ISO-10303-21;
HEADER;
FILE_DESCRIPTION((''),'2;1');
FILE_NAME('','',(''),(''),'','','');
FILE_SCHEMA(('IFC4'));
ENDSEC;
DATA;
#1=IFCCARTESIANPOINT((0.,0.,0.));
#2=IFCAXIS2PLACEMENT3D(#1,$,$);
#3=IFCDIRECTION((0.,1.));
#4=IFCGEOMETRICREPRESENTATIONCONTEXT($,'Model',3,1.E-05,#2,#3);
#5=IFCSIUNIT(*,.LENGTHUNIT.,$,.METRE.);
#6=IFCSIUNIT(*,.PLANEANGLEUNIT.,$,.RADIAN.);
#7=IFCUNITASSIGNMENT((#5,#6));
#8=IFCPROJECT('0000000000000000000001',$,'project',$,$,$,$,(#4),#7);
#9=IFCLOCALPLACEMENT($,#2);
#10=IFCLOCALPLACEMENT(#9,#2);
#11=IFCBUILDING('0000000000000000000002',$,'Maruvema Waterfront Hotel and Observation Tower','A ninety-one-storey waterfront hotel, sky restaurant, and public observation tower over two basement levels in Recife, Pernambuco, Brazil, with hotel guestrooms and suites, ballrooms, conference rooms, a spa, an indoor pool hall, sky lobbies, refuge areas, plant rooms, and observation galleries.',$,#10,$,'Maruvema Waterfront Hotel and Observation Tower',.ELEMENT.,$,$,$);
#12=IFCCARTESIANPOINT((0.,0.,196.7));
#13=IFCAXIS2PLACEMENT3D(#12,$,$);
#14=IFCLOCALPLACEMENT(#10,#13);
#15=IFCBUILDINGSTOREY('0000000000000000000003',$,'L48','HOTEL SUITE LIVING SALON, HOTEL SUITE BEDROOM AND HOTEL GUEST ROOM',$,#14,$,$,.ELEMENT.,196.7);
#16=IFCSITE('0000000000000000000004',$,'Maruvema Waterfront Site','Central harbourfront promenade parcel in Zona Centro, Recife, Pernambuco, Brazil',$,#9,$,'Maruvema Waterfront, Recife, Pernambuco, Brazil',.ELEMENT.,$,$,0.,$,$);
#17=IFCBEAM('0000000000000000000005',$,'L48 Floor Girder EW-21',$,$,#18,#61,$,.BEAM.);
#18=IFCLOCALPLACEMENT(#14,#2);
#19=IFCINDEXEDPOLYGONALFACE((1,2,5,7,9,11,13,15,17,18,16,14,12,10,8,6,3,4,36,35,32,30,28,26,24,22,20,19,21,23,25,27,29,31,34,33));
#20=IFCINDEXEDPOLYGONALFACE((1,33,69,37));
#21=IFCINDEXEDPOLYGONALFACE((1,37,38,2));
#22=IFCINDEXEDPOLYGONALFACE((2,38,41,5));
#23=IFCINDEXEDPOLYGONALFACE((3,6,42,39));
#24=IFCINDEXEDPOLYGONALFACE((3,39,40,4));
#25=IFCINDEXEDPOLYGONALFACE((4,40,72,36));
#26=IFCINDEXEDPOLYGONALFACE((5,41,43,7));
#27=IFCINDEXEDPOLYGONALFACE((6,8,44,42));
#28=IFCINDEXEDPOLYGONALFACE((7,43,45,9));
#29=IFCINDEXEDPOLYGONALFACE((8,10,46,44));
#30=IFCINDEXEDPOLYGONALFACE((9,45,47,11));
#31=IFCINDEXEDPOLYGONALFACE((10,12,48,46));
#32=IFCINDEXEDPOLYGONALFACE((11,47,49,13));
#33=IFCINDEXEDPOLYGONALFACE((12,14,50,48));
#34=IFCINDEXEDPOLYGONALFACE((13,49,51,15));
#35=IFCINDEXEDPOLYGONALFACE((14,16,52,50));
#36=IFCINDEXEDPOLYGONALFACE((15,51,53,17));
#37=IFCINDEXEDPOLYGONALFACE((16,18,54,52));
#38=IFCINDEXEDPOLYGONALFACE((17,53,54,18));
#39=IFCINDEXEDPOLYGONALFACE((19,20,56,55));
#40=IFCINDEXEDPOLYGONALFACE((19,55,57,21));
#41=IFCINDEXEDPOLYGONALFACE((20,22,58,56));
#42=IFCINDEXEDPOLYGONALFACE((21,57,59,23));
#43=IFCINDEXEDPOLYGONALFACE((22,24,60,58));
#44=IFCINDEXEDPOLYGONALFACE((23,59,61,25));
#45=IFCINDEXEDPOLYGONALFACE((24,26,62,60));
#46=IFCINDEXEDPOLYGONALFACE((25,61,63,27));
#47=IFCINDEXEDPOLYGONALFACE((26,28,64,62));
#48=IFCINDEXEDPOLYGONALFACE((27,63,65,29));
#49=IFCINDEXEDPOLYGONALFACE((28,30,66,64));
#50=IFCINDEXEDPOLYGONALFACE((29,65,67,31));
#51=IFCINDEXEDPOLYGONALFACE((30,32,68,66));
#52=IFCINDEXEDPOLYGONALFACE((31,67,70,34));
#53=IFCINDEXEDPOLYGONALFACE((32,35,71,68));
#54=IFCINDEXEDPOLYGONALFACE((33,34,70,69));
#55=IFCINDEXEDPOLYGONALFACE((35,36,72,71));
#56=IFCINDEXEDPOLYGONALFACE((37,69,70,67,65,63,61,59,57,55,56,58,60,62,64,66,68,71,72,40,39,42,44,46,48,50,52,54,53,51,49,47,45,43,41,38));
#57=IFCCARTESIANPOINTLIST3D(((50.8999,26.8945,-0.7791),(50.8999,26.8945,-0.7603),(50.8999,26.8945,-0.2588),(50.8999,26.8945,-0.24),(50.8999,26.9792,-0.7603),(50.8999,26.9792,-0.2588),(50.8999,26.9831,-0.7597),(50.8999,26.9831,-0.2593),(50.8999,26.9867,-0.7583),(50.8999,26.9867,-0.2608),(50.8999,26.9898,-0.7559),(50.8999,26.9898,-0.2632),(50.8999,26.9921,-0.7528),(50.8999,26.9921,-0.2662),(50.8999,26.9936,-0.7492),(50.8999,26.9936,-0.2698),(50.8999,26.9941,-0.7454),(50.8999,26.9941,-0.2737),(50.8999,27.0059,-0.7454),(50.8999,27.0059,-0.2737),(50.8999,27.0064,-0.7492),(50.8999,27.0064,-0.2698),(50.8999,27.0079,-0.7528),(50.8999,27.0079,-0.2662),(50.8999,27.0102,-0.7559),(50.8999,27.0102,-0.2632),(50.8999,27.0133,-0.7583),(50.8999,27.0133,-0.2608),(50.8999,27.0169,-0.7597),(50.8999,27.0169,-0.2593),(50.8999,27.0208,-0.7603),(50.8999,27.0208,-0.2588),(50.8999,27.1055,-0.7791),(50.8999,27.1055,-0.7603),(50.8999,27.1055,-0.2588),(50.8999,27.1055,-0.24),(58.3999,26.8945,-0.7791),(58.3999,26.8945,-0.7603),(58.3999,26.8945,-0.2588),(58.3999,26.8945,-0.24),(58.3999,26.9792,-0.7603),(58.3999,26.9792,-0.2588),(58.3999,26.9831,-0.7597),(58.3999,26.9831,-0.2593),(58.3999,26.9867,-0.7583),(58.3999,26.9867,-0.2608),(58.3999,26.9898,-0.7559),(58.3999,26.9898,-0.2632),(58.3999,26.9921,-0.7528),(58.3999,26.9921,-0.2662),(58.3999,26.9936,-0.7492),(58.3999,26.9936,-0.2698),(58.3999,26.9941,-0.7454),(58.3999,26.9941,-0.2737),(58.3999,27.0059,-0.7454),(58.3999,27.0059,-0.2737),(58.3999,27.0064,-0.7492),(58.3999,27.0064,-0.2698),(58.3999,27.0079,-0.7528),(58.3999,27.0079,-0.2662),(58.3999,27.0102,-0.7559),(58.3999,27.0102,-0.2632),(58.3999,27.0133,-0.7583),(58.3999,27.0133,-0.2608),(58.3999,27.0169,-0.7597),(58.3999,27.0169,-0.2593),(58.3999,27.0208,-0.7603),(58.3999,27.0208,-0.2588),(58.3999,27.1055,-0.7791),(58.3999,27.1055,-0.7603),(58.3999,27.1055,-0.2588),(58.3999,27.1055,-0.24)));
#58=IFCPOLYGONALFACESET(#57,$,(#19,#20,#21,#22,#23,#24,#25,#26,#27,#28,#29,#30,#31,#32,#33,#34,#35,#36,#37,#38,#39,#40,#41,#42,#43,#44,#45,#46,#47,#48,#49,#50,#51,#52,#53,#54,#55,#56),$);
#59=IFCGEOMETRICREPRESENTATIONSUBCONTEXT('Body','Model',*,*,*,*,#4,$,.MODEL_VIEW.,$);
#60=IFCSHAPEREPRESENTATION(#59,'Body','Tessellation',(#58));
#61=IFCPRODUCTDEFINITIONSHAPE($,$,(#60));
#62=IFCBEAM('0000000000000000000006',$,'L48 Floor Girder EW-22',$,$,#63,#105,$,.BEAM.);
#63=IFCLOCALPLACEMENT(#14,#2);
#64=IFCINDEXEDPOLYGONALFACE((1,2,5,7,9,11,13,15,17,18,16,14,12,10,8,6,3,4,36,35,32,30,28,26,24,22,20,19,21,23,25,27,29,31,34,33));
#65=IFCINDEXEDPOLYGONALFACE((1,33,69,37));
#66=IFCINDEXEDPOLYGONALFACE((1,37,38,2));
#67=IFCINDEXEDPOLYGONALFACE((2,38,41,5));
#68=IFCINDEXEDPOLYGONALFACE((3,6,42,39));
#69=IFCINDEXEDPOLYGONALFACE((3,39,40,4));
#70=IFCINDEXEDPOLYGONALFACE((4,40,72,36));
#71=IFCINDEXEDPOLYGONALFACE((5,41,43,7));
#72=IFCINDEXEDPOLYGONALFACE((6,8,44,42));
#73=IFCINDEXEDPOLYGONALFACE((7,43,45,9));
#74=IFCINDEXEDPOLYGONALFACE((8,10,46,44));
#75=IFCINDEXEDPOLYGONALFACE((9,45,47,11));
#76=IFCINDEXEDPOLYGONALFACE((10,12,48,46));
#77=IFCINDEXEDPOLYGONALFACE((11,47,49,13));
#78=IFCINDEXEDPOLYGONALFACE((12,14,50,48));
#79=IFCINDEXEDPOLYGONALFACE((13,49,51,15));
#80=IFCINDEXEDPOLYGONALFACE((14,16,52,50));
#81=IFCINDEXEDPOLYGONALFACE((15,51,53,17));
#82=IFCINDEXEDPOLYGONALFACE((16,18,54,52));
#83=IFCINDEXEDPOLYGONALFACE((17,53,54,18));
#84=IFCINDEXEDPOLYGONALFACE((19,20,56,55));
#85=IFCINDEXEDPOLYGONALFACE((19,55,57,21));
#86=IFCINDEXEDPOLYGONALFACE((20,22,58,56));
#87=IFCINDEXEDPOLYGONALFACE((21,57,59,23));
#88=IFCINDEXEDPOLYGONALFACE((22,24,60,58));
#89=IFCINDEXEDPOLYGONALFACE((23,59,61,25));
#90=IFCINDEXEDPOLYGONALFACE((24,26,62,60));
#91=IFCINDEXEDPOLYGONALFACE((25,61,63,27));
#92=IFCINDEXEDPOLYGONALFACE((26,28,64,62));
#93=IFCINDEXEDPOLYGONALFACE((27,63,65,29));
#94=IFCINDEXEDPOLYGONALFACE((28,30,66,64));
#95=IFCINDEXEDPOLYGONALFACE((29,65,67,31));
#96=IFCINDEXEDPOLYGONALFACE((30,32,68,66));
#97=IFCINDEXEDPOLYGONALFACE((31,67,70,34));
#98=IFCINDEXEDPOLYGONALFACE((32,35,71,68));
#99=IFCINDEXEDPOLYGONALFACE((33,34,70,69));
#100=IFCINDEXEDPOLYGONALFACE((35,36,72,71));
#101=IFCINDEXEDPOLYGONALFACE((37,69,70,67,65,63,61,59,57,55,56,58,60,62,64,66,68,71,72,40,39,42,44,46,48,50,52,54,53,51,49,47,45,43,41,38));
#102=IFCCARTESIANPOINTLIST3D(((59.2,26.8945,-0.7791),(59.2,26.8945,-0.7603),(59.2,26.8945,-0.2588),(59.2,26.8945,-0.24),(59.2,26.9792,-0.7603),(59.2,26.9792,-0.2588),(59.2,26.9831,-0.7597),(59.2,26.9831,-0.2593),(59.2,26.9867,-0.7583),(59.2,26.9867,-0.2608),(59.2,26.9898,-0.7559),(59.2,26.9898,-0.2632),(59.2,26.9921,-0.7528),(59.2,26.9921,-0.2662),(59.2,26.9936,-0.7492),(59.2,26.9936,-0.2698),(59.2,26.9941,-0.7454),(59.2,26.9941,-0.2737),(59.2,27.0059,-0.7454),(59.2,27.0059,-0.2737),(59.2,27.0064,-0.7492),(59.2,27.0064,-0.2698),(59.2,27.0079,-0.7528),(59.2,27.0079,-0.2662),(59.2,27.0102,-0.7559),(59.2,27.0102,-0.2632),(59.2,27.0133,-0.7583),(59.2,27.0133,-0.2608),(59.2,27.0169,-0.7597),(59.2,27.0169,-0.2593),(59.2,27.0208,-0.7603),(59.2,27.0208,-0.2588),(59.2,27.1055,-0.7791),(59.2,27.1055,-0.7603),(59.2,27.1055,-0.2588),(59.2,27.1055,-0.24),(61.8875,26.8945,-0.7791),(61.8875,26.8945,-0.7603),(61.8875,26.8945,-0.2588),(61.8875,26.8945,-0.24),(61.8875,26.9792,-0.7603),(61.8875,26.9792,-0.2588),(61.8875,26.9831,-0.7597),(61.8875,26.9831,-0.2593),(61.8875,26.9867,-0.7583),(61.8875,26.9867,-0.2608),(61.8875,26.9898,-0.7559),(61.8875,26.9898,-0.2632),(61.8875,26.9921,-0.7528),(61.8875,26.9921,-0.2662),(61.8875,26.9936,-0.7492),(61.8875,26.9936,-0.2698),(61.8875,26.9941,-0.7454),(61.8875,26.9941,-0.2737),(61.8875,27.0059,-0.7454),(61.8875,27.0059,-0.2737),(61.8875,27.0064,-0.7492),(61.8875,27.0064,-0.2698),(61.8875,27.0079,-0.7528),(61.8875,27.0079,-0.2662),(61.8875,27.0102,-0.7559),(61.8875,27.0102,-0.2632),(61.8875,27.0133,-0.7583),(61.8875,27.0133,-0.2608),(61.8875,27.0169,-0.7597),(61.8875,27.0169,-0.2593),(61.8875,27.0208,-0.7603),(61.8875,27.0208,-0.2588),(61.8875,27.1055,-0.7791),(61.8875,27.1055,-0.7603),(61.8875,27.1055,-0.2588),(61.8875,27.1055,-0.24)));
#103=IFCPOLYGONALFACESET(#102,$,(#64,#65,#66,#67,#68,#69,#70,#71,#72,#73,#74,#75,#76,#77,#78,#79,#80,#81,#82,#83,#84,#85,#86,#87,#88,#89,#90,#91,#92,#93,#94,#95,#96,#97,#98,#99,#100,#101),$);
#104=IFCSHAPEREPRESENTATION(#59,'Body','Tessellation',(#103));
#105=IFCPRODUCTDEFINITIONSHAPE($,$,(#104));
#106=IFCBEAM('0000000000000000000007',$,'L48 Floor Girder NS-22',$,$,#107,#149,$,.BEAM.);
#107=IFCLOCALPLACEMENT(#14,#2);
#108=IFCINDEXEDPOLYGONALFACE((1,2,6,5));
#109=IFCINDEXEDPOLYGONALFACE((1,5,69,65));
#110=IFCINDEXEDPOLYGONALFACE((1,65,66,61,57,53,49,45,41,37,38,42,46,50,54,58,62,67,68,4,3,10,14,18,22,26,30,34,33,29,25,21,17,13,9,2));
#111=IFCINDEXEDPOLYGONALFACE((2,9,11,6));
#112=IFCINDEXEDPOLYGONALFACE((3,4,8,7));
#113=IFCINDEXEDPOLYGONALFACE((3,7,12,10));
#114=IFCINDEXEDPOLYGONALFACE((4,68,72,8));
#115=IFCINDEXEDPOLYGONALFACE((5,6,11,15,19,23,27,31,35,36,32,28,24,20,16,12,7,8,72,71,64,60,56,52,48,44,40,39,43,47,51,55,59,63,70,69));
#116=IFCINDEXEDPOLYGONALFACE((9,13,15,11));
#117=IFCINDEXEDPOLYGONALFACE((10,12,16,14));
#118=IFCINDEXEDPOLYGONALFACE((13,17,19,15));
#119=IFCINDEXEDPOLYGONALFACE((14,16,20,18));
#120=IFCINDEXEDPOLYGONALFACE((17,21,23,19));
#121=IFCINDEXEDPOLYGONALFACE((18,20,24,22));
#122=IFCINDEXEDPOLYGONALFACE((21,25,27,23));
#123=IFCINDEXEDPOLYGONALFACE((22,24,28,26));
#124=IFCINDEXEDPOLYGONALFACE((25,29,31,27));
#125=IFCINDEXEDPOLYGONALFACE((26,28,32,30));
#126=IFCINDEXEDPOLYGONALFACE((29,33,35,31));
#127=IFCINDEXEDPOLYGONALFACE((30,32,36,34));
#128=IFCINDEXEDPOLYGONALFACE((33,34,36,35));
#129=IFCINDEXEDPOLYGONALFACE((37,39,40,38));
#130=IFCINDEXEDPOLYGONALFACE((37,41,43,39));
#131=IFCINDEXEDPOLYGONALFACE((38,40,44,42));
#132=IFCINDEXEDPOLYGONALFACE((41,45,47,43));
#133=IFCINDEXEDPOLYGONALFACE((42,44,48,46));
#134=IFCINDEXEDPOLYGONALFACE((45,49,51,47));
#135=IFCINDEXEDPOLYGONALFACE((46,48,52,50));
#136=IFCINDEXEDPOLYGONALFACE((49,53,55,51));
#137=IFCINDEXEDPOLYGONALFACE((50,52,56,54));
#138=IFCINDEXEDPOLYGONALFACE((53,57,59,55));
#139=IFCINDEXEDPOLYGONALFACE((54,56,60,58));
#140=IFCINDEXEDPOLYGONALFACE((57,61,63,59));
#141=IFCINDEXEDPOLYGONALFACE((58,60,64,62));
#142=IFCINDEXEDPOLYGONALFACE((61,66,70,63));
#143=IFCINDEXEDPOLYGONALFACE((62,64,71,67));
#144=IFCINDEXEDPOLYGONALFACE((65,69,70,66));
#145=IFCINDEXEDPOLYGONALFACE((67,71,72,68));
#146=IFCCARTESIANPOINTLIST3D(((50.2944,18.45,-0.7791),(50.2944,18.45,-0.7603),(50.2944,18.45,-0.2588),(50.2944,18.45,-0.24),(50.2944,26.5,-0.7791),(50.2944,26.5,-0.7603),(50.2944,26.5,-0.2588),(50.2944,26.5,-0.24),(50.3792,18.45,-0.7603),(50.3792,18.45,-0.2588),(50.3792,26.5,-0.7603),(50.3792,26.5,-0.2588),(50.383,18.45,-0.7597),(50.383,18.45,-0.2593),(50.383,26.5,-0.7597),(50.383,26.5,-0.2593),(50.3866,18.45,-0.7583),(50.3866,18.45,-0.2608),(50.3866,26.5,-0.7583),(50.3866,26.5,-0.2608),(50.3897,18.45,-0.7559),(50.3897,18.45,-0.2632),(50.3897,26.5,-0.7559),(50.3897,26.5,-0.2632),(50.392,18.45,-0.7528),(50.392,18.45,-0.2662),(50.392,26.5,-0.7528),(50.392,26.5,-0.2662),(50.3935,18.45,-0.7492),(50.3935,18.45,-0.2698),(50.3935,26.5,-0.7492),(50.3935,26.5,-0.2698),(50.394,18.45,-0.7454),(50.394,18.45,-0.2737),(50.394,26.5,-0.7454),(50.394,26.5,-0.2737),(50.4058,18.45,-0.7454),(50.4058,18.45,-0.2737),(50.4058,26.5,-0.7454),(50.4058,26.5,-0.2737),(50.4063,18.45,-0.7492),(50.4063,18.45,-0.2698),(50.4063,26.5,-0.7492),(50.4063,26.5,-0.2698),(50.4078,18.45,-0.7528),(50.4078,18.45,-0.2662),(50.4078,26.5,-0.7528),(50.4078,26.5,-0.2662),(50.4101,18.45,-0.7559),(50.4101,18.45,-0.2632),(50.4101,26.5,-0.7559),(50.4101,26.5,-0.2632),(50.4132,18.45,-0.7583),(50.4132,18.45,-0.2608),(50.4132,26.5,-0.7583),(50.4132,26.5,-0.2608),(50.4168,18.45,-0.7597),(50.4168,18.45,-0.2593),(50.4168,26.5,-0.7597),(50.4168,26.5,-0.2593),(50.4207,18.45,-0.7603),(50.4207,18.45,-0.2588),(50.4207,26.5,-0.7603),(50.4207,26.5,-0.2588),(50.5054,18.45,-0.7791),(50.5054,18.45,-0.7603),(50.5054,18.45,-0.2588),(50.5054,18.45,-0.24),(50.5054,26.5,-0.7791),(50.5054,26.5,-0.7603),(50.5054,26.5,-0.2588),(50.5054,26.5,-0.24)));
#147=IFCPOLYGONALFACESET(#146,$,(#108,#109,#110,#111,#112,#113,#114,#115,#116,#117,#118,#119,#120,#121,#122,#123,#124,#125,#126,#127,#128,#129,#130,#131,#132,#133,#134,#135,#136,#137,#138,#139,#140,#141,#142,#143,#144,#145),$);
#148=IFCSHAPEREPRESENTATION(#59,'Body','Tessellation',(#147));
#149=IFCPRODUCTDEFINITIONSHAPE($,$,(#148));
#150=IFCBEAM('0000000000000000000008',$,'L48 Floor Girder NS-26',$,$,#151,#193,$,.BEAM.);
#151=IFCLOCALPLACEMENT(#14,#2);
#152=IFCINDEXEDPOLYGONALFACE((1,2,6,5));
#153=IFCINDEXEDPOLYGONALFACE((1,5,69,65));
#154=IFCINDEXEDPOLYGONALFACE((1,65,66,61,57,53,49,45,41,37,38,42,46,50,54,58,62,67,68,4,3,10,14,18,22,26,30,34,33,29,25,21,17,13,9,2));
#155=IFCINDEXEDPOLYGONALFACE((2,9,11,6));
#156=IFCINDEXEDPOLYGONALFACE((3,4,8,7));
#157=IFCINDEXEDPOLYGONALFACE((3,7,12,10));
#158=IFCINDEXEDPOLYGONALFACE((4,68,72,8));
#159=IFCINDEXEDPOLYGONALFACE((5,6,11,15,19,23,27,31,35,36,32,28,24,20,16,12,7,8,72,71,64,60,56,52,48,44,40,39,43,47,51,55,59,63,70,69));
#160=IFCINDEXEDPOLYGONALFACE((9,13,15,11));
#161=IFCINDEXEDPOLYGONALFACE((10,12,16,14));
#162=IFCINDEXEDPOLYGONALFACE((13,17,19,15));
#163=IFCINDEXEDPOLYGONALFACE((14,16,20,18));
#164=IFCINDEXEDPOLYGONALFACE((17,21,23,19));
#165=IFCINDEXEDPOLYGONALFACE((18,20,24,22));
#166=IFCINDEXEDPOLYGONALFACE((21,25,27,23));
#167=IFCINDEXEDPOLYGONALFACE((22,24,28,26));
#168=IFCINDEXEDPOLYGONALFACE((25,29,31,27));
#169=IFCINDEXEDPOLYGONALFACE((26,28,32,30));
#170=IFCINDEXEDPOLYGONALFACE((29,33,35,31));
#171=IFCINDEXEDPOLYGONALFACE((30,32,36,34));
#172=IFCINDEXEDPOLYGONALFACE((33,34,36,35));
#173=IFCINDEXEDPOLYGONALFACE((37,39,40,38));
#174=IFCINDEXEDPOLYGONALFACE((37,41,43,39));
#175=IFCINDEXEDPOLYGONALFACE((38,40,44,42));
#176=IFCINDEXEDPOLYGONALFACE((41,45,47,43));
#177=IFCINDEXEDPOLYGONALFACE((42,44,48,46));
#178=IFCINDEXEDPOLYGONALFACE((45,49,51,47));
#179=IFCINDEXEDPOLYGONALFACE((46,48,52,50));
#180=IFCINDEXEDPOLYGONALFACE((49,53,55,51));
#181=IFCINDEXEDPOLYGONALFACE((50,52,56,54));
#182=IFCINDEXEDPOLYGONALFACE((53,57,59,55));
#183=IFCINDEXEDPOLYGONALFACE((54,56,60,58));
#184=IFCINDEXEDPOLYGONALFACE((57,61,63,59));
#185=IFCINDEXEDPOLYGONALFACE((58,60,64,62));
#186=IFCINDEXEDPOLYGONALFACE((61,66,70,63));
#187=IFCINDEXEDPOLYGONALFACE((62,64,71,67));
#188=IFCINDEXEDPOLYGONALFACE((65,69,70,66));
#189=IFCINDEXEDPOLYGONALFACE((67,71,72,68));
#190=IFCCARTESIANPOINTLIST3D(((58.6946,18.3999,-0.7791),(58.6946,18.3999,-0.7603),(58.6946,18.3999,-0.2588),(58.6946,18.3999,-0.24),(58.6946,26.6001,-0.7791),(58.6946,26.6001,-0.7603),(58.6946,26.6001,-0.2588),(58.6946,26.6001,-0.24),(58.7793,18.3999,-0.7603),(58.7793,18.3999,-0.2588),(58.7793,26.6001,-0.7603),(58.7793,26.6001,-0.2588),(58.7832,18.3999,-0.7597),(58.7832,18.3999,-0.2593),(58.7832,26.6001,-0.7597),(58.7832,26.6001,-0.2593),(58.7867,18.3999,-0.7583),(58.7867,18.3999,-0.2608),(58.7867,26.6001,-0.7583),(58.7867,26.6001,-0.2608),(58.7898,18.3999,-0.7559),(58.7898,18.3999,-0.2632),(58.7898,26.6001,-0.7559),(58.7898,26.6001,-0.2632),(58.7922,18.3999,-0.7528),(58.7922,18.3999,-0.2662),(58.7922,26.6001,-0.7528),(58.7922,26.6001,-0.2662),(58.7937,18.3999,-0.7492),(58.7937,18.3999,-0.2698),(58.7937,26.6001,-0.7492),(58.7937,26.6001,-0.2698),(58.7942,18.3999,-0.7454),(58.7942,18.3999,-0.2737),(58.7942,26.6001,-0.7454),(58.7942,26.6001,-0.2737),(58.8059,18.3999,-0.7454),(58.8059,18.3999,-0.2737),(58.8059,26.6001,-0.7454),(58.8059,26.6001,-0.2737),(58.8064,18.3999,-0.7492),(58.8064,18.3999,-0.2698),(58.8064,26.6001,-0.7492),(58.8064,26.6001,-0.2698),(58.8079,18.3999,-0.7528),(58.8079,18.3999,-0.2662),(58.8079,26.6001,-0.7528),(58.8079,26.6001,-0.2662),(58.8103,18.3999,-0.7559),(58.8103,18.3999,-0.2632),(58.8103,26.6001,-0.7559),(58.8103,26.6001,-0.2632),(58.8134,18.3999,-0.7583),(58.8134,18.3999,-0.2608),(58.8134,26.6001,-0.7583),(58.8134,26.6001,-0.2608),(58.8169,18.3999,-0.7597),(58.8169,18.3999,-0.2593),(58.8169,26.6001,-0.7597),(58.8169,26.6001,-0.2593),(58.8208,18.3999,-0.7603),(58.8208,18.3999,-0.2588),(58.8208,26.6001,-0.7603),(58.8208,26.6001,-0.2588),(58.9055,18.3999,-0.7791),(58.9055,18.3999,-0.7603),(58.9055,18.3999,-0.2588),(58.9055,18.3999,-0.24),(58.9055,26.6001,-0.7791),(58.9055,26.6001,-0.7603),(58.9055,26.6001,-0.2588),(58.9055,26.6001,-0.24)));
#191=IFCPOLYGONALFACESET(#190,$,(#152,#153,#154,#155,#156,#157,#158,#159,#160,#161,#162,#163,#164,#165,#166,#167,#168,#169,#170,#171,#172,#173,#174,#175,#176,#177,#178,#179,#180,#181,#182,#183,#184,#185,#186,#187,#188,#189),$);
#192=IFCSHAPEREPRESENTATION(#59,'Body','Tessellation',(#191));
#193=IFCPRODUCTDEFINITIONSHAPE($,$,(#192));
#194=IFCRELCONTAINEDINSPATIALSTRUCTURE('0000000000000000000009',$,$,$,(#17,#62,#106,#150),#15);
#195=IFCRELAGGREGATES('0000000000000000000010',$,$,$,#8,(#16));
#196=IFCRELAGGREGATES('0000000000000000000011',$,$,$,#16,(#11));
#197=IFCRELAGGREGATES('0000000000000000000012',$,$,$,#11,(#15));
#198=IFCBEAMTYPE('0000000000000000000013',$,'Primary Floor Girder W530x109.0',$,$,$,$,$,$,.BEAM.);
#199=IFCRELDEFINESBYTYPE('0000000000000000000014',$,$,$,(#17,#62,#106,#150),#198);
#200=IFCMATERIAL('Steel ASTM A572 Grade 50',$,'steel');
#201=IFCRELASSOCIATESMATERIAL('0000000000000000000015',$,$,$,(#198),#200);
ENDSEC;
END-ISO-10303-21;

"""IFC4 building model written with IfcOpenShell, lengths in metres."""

from ifc_helpers import new_model, si_unit, direction, frame, origin, origin_2d, place, context, subcontext, project, spatial, i_section, extrude, material, material_profile, profile_set, type_object, element, save


model = new_model("IFC4")

# Units and contexts
model_context = context("Model", 3, precision=1e-05, world=origin(), true_north=direction((0.0, 1.0)))
body_context = subcontext(model_context, "Body", "Model", "MODEL_VIEW")
ifc_project = project(units=[si_unit("LENGTHUNIT", "METRE"), si_unit("PLANEANGLEUNIT", "RADIAN")], contexts=[model_context])

# Site, building, storey
site_placement = place(None, origin())
site = spatial("IfcSite", under=ifc_project, at=site_placement, Name="Maruvema Waterfront Site", Description="Central harbourfront promenade parcel in Zona Centro, Recife, Pernambuco, Brazil", LongName="Maruvema Waterfront, Recife, Pernambuco, Brazil", CompositionType="ELEMENT", RefElevation=0.0)
building_placement = place(site_placement, origin())
building = spatial("IfcBuilding", under=site, at=building_placement, Name="Maruvema Waterfront Hotel and Observation Tower", Description="A ninety-one-storey waterfront hotel, sky restaurant, and public observation tower over two basement levels in Recife, Pernambuco, Brazil, with hotel guestrooms and suites, ballrooms, conference rooms, a spa, an indoor pool hall, sky lobbies, refuge areas, plant rooms, and observation galleries.", LongName="Maruvema Waterfront Hotel and Observation Tower", CompositionType="ELEMENT")
storey_placement = place(building_placement, frame((0.0, 0.0, 196.7)))
storey = spatial("IfcBuildingStorey", under=building, at=storey_placement, Name="L48", Description="HOTEL SUITE LIVING SALON, HOTEL SUITE BEDROOM AND HOTEL GUEST ROOM", CompositionType="ELEMENT", Elevation=196.7)

# Beams
ifc_material_1 = material(Name="Steel ASTM A572 Grade 50", Category="steel")
ifc_material_profile_1 = material_profile(ifc_material_1, i_section(OverallWidth=0.2109, OverallDepth=0.5391, WebThickness=0.0117, FlangeThickness=0.0188, FilletRadius=0.0149, at=origin_2d()), Name="W530x109.0")
ifc_profile_set_1 = profile_set([ifc_material_profile_1], Name="Steel ASTM A572 Grade 50")
beam_type_1 = type_object("IfcBeamType", Name="Primary Floor Girder W530x109.0", PredefinedType="BEAM", material=ifc_profile_set_1)
beam_1_placement = place(storey_placement, frame((50.8999, 27.0, -0.5095), z_axis=(1.0, 0.0, 0.0), x_axis=(0.0, 1.0, 0.0)))
element("IfcBeam", 1, at=beam_1_placement, inside=storey, type_object=beam_type_1, Name="L48 Floor Girder EW-21", PredefinedType="BEAM", context=body_context, shape_type="SweptSolid", body=[
    extrude(i_section(OverallWidth=0.2109, OverallDepth=0.5391, WebThickness=0.0117, FlangeThickness=0.0188, FilletRadius=0.0149, at=origin_2d()), origin(), (0.0, 0.0, 1.0), 7.5),
])
beam_2_placement = place(storey_placement, frame((59.2, 27.0, -0.5095), z_axis=(1.0, 0.0, 0.0), x_axis=(0.0, 1.0, 0.0)))
element("IfcBeam", 2, at=beam_2_placement, inside=storey, type_object=beam_type_1, Name="L48 Floor Girder EW-22", PredefinedType="BEAM", context=body_context, shape_type="SweptSolid", body=[
    extrude(i_section(OverallWidth=0.2109, OverallDepth=0.5391, WebThickness=0.0117, FlangeThickness=0.0188, FilletRadius=0.0149, at=origin_2d()), origin(), (0.0, 0.0, 1.0), 2.6875),
])
beam_3_placement = place(storey_placement, frame((50.3999, 18.45, -0.5095), z_axis=(0.0, 1.0, 0.0), x_axis=(-1.0, 0.0, 0.0)))
element("IfcBeam", 3, at=beam_3_placement, inside=storey, type_object=beam_type_1, Name="L48 Floor Girder NS-22", PredefinedType="BEAM", context=body_context, shape_type="SweptSolid", body=[
    extrude(i_section(OverallWidth=0.2109, OverallDepth=0.5391, WebThickness=0.0117, FlangeThickness=0.0188, FilletRadius=0.0149, at=origin_2d()), origin(), (0.0, 0.0, 1.0), 8.05),
])
beam_4_placement = place(storey_placement, frame((58.8, 18.3999, -0.5095), z_axis=(0.0, 1.0, 0.0), x_axis=(-1.0, 0.0, 0.0)))
element("IfcBeam", 4, at=beam_4_placement, inside=storey, type_object=beam_type_1, Name="L48 Floor Girder NS-26", PredefinedType="BEAM", context=body_context, shape_type="SweptSolid", body=[
    extrude(i_section(OverallWidth=0.2109, OverallDepth=0.5391, WebThickness=0.0117, FlangeThickness=0.0188, FilletRadius=0.0149, at=origin_2d()), origin(), (0.0, 0.0, 1.0), 8.2002),
])

save(model, "model.ifc")
